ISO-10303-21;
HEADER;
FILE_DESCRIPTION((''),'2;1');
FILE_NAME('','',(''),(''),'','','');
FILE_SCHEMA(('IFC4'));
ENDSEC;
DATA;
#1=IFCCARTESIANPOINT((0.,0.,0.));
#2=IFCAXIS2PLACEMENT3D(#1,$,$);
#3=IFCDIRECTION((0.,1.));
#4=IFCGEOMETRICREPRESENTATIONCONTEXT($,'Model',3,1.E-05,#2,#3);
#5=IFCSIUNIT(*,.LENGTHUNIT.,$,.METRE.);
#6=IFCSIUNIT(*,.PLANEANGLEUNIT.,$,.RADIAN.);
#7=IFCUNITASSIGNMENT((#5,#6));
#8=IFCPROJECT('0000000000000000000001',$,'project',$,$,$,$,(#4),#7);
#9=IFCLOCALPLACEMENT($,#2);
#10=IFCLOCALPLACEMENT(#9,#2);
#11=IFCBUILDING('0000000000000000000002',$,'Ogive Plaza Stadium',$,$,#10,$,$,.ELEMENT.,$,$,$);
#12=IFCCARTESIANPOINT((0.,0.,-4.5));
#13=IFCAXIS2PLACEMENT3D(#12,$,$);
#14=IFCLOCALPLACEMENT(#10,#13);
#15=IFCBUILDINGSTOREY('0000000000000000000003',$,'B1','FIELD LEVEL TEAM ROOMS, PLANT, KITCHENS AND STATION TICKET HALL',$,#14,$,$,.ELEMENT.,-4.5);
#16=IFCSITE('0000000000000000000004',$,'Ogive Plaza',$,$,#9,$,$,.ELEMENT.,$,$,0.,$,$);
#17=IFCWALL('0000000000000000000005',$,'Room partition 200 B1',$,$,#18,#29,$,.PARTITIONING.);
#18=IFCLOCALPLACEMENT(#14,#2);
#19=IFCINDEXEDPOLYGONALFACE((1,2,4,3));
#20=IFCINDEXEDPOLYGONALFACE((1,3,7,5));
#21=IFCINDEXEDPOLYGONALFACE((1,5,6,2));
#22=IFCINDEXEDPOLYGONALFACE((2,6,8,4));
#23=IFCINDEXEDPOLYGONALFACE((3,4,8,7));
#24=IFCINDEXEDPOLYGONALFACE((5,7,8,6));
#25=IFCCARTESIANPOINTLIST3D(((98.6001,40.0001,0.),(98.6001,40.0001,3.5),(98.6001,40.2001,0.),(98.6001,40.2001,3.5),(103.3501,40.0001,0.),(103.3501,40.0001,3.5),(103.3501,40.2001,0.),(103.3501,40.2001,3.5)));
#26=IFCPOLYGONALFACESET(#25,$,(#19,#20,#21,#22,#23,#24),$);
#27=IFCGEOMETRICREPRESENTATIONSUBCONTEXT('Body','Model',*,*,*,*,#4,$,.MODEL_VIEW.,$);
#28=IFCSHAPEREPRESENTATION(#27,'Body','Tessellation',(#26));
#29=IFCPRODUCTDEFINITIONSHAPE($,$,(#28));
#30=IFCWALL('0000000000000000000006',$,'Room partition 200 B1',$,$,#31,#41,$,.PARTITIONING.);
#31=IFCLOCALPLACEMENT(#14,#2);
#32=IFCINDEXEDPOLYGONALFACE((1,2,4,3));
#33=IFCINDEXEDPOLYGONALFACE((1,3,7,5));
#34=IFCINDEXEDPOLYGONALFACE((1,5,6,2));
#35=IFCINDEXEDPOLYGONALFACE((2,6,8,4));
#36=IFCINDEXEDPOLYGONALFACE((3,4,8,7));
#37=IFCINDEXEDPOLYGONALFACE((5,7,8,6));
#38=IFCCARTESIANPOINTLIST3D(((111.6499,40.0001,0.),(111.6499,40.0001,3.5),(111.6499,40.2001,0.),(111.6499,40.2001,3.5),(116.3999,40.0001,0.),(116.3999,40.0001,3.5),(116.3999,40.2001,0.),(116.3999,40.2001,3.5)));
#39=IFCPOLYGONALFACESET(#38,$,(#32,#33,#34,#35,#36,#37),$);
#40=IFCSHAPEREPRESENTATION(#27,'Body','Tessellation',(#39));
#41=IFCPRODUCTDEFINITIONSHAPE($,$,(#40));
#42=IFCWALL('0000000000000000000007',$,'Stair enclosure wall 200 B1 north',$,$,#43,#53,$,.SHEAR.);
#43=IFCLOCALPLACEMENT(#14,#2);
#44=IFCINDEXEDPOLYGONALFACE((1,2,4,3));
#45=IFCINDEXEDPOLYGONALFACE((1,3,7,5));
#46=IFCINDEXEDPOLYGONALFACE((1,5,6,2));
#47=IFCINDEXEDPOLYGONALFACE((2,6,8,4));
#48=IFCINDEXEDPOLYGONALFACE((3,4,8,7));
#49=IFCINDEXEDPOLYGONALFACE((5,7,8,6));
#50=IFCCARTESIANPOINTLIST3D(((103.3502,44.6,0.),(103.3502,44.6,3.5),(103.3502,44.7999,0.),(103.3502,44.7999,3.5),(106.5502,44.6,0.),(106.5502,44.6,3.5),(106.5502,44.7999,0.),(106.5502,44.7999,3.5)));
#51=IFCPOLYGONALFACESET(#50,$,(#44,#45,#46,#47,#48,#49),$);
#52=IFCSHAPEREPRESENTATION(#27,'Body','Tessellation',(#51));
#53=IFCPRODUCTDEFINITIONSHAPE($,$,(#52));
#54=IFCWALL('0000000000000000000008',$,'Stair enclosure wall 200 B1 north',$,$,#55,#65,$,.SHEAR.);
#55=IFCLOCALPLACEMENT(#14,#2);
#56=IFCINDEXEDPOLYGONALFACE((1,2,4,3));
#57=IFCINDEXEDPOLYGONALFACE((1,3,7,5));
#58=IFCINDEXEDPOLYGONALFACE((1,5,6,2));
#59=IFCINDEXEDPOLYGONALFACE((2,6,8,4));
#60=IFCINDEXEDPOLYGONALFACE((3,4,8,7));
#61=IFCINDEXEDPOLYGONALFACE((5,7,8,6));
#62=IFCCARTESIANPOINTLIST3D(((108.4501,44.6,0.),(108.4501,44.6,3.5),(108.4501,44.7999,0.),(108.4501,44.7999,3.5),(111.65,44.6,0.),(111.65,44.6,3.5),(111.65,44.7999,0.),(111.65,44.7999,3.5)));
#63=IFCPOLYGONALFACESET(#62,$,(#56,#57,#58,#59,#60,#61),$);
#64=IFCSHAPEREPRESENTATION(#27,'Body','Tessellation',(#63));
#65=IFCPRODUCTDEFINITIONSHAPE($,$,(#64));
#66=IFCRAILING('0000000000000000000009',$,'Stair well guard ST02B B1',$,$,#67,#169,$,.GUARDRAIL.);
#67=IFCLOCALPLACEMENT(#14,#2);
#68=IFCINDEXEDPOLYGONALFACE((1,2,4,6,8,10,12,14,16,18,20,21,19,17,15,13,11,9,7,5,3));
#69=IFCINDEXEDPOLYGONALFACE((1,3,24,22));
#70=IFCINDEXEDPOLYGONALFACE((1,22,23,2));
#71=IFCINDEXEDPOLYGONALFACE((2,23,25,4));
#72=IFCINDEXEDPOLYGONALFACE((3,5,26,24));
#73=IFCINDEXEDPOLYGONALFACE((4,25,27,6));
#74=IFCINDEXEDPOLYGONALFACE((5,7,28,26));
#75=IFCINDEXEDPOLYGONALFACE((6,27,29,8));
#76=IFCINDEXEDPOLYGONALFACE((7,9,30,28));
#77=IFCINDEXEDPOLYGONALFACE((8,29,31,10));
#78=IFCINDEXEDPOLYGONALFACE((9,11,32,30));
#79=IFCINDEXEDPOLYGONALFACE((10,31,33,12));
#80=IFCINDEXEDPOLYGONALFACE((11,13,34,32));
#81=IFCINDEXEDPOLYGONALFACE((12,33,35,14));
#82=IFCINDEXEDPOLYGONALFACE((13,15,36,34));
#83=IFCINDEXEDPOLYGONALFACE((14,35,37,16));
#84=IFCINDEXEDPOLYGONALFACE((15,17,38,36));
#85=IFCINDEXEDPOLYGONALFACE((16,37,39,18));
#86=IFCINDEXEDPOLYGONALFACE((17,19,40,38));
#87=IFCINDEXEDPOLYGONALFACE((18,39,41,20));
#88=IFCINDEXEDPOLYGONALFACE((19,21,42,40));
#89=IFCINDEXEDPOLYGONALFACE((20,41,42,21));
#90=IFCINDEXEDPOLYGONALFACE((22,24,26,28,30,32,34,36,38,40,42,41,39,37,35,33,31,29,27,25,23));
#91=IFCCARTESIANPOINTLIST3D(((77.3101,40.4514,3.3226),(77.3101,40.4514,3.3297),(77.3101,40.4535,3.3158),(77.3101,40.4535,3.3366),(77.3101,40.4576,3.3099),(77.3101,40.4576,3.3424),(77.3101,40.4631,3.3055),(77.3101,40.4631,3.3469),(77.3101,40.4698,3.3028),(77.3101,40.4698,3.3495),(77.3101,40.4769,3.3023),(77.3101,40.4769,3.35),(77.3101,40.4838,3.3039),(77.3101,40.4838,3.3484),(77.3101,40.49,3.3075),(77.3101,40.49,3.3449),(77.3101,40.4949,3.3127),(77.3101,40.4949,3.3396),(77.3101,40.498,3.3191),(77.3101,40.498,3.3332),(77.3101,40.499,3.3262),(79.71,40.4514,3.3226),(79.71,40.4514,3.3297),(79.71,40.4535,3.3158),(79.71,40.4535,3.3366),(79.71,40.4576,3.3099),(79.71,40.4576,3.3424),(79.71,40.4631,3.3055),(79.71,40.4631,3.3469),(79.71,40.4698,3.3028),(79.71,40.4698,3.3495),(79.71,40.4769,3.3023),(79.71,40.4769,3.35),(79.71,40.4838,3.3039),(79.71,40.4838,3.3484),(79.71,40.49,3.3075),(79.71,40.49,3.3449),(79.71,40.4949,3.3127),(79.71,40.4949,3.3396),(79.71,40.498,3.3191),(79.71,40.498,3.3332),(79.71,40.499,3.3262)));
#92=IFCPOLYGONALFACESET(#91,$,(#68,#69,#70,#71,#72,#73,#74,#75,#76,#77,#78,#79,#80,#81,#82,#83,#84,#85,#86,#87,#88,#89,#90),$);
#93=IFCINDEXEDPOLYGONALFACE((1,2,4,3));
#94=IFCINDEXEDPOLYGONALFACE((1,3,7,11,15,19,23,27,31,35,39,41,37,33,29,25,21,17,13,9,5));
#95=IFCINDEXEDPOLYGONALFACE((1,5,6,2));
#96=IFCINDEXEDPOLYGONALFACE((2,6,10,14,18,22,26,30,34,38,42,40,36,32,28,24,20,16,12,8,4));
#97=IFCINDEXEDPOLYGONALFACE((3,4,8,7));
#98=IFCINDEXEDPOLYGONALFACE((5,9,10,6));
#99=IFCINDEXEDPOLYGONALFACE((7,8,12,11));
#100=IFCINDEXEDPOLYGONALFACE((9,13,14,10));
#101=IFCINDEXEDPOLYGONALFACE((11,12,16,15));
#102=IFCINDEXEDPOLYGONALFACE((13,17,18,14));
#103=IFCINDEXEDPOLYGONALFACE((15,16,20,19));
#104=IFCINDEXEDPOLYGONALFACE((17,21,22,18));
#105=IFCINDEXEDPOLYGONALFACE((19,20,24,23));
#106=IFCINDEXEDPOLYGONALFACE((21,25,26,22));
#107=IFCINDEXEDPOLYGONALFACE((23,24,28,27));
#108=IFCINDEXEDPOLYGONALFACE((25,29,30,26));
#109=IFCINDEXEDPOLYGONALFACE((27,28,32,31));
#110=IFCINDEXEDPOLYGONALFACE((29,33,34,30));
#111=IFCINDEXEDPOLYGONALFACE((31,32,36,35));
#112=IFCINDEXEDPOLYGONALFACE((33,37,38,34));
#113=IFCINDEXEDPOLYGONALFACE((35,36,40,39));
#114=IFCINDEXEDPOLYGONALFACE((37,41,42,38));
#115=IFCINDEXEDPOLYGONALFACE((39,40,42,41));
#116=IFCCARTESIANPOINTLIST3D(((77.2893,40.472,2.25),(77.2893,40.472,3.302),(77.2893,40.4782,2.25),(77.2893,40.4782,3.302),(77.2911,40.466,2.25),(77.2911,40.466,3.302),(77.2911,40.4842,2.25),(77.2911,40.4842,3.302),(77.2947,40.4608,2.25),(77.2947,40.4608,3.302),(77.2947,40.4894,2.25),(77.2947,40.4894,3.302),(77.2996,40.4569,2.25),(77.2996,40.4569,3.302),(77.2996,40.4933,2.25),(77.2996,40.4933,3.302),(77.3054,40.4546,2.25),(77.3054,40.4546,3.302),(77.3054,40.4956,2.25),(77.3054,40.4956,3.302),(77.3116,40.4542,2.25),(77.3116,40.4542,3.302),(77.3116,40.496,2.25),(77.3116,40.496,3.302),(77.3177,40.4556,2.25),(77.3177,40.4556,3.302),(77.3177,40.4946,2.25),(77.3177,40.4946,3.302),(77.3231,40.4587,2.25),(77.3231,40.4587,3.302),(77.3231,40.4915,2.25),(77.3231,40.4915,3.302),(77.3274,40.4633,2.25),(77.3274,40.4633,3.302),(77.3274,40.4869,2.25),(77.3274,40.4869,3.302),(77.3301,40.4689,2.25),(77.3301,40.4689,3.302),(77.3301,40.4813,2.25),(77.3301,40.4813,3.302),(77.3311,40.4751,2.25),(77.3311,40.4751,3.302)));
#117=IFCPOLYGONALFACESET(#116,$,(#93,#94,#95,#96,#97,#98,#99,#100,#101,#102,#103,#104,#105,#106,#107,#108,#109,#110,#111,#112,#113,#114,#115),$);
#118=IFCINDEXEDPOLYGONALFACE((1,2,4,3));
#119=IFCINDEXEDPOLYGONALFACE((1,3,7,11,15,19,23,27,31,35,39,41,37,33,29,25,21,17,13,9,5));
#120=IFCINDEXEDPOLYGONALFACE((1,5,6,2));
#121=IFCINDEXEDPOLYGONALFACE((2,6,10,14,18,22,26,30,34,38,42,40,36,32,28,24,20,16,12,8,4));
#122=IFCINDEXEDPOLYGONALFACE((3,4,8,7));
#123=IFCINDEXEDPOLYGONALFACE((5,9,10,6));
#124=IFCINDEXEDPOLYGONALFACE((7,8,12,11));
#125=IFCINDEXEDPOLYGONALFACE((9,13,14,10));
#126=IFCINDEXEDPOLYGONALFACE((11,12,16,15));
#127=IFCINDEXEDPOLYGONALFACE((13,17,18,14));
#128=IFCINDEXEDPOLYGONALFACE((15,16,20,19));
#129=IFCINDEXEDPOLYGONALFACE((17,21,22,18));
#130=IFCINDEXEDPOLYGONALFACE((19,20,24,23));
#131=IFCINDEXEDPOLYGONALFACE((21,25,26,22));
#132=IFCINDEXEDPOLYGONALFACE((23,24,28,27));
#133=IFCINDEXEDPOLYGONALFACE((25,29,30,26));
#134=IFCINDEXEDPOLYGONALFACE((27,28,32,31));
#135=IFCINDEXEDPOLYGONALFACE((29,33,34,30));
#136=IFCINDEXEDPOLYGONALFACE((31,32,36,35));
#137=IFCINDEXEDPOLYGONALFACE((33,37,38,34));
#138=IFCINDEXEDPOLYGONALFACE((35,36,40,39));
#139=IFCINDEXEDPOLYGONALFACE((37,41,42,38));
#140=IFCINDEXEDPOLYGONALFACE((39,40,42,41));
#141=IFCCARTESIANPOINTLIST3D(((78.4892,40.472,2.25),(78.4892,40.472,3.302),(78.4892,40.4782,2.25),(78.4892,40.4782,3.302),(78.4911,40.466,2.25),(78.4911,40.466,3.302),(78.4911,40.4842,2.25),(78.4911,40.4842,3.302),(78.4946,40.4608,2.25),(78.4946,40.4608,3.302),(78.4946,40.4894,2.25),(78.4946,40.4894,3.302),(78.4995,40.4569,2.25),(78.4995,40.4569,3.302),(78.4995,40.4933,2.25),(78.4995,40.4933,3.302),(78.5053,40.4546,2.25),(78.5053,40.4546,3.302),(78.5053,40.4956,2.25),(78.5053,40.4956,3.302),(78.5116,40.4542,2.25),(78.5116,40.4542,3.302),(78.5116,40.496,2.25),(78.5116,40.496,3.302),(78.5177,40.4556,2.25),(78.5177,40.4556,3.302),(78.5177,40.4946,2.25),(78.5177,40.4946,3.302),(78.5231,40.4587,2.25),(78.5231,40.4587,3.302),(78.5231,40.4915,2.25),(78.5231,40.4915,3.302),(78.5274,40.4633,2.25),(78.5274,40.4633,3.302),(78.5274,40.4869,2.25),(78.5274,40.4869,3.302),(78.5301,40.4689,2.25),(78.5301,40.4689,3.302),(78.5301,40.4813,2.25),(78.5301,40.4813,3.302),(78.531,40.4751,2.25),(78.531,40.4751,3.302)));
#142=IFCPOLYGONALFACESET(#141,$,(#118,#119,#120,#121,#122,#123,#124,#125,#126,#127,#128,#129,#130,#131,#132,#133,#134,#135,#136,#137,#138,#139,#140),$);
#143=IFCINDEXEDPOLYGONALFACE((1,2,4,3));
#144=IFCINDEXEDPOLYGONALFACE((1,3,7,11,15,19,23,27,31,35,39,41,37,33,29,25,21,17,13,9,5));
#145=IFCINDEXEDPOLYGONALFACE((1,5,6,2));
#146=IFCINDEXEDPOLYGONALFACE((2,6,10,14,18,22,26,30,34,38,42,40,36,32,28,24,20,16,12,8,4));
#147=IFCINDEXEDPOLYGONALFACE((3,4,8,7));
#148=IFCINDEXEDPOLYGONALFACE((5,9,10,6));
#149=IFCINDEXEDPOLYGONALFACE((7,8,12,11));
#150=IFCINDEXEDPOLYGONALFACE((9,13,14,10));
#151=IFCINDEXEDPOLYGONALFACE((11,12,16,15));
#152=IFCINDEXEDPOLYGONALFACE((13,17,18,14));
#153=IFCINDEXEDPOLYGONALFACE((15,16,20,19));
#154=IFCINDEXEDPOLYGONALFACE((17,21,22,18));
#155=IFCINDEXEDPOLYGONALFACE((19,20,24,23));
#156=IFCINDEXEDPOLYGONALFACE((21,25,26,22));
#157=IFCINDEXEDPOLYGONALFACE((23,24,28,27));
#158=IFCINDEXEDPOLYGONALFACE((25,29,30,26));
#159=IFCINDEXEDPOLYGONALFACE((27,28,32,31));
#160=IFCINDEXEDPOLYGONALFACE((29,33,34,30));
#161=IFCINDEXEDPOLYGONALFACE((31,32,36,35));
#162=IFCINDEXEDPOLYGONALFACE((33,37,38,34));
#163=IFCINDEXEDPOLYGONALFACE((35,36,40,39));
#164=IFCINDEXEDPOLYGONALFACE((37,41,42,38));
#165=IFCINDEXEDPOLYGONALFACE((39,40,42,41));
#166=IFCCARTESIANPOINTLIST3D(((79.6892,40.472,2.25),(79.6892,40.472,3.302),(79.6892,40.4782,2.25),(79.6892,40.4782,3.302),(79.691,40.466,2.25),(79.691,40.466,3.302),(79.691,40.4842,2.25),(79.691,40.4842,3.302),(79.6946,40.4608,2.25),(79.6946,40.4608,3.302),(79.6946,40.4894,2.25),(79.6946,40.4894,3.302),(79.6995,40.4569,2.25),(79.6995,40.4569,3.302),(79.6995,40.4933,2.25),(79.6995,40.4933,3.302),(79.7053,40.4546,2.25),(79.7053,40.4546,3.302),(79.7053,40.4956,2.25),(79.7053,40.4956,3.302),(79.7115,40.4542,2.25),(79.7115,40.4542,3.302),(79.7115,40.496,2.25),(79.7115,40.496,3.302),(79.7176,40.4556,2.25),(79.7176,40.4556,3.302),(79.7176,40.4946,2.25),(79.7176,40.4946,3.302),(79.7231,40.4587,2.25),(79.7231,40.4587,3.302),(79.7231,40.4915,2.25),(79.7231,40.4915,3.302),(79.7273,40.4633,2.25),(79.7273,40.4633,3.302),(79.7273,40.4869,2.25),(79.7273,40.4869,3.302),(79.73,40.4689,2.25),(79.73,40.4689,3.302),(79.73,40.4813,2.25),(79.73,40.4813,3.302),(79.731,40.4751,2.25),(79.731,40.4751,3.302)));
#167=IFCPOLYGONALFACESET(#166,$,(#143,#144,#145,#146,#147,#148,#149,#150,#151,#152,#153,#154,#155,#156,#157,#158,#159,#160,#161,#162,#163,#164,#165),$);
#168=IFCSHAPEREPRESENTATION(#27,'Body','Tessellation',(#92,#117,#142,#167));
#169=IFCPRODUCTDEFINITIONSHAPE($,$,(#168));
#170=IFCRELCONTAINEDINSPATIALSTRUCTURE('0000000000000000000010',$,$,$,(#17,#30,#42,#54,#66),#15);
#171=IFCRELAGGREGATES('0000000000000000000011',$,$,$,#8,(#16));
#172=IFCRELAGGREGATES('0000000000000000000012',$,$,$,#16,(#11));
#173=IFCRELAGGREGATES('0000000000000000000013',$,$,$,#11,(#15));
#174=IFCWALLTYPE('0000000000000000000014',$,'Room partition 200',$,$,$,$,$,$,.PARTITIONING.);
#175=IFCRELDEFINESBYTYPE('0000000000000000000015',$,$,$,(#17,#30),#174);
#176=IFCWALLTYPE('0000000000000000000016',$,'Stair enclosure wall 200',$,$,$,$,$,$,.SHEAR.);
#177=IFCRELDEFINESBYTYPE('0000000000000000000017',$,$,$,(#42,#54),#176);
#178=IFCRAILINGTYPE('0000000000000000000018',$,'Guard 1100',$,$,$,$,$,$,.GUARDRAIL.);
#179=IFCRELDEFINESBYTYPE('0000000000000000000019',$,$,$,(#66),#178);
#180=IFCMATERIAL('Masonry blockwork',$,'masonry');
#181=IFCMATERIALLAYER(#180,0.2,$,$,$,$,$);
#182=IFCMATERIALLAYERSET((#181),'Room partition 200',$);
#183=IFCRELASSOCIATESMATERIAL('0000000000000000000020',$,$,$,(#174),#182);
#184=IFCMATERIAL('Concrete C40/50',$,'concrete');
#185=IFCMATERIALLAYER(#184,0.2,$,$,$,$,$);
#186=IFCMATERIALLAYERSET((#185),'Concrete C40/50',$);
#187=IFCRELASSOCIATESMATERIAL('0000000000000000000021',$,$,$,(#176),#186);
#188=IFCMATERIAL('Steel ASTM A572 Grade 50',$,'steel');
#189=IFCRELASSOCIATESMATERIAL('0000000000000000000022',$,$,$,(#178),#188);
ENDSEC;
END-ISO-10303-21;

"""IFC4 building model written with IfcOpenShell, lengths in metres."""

from ifc_helpers import new_model, si_unit, direction, frame, frame_2d, origin, origin_2d, place, context, subcontext, project, spatial, rectangle, circle, extrude, material, layer, layer_set, type_object, element, save


model = new_model("IFC4")

# Units and contexts
model_context = context("Model", 3, precision=1e-05, world=origin(), true_north=direction((0.0, 1.0)))
body_context = subcontext(model_context, "Body", "Model", "MODEL_VIEW")
ifc_project = project(units=[si_unit("LENGTHUNIT", "METRE"), si_unit("PLANEANGLEUNIT", "RADIAN")], contexts=[model_context])

# Site, building, storey
site_placement = place(None, origin())
site = spatial("IfcSite", under=ifc_project, at=site_placement, Name="Ogive Plaza", CompositionType="ELEMENT", RefElevation=0.0)
building_placement = place(site_placement, origin())
building = spatial("IfcBuilding", under=site, at=building_placement, Name="Ogive Plaza Stadium", CompositionType="ELEMENT")
storey_placement = place(building_placement, frame((0.0, 0.0, -4.5)))
storey = spatial("IfcBuildingStorey", under=building, at=storey_placement, Name="B1", Description="FIELD LEVEL TEAM ROOMS, PLANT, KITCHENS AND STATION TICKET HALL", CompositionType="ELEMENT", Elevation=-4.5)

# Walls
ifc_material_1 = material(Name="Masonry blockwork", Category="masonry")
ifc_layer_1 = layer(ifc_material_1, 0.2)
ifc_layer_set_1 = layer_set([ifc_layer_1], Name="Room partition 200")
wall_type_1 = type_object("IfcWallType", Name="Room partition 200", PredefinedType="PARTITIONING", material=ifc_layer_set_1)
for number, where, z_axis, x_axis, name in (
    (1, (98.6001, 40.1001, 0.0), (0.0, 0.0, 1.0), (1.0, 0.0, 0.0), "Room partition 200 B1"),
    (2, (111.6499, 40.1001, 0.0), (0.0, 0.0, 1.0), (1.0, 0.0, 0.0), "Room partition 200 B1"),
):
    element("IfcWall", number, at=place(storey_placement, frame(where, z_axis=z_axis, x_axis=x_axis)), inside=storey, type_object=wall_type_1, Name=name, PredefinedType="PARTITIONING", context=body_context, shape_type="SweptSolid", body=[
        extrude(rectangle(XDim=4.75, YDim=0.2, at=frame_2d((2.375, 0.0))), origin(), (0.0, 0.0, 1.0), 3.5),
    ])
ifc_material_2 = material(Name="Concrete C40/50", Category="concrete")
ifc_layer_2 = layer(ifc_material_2, 0.2)
ifc_layer_set_2 = layer_set([ifc_layer_2], Name="Concrete C40/50")
wall_type_2 = type_object("IfcWallType", Name="Stair enclosure wall 200", PredefinedType="SHEAR", material=ifc_layer_set_2)
for number, where, z_axis, x_axis, name in (
    (3, (103.3501, 44.7, 0.0), (0.0, 0.0, 1.0), (1.0, 0.0, 0.0), "Stair enclosure wall 200 B1 north"),
    (4, (108.45, 44.7, 0.0), (0.0, 0.0, 1.0), (1.0, 0.0, 0.0), "Stair enclosure wall 200 B1 north"),
):
    element("IfcWall", number, at=place(storey_placement, frame(where, z_axis=z_axis, x_axis=x_axis)), inside=storey, type_object=wall_type_2, Name=name, PredefinedType="SHEAR", context=body_context, shape_type="SweptSolid", body=[
        extrude(rectangle(XDim=3.2, YDim=0.2, at=frame_2d((1.6001, 0.0))), origin(), (0.0, 0.0, 1.0), 3.5),
    ])

# Railing
ifc_material_3 = material(Name="Steel ASTM A572 Grade 50", Category="steel")
railing_type_1 = type_object("IfcRailingType", Name="Guard 1100", PredefinedType="GUARDRAIL", material=ifc_material_3)
railing_placement = place(storey_placement, frame((77.3101, 40.4751, 2.25)))
element("IfcRailing", 5, at=railing_placement, inside=storey, type_object=railing_type_1, Name="Stair well guard ST02B B1", PredefinedType="GUARDRAIL", context=body_context, shape_type="SweptSolid", body=[
    extrude(circle(Radius=0.0239, at=origin_2d()), frame((0.0, 0.0, 1.0762), z_axis=(1.0, 0.0, 0.0), x_axis=(0.0, 1.0, 0.0)), (0.0, 0.0, 1.0), 2.3999),
    extrude(circle(Radius=0.021, at=origin_2d()), origin(), (0.0, 0.0, 1.0), 1.052),
    extrude(circle(Radius=0.021, at=origin_2d()), frame((1.2, 0.0, 0.0)), (0.0, 0.0, 1.0), 1.052),
    extrude(circle(Radius=0.021, at=origin_2d()), frame((2.3999, 0.0, 0.0)), (0.0, 0.0, 1.0), 1.052),
])

save(model, "model.ifc")
